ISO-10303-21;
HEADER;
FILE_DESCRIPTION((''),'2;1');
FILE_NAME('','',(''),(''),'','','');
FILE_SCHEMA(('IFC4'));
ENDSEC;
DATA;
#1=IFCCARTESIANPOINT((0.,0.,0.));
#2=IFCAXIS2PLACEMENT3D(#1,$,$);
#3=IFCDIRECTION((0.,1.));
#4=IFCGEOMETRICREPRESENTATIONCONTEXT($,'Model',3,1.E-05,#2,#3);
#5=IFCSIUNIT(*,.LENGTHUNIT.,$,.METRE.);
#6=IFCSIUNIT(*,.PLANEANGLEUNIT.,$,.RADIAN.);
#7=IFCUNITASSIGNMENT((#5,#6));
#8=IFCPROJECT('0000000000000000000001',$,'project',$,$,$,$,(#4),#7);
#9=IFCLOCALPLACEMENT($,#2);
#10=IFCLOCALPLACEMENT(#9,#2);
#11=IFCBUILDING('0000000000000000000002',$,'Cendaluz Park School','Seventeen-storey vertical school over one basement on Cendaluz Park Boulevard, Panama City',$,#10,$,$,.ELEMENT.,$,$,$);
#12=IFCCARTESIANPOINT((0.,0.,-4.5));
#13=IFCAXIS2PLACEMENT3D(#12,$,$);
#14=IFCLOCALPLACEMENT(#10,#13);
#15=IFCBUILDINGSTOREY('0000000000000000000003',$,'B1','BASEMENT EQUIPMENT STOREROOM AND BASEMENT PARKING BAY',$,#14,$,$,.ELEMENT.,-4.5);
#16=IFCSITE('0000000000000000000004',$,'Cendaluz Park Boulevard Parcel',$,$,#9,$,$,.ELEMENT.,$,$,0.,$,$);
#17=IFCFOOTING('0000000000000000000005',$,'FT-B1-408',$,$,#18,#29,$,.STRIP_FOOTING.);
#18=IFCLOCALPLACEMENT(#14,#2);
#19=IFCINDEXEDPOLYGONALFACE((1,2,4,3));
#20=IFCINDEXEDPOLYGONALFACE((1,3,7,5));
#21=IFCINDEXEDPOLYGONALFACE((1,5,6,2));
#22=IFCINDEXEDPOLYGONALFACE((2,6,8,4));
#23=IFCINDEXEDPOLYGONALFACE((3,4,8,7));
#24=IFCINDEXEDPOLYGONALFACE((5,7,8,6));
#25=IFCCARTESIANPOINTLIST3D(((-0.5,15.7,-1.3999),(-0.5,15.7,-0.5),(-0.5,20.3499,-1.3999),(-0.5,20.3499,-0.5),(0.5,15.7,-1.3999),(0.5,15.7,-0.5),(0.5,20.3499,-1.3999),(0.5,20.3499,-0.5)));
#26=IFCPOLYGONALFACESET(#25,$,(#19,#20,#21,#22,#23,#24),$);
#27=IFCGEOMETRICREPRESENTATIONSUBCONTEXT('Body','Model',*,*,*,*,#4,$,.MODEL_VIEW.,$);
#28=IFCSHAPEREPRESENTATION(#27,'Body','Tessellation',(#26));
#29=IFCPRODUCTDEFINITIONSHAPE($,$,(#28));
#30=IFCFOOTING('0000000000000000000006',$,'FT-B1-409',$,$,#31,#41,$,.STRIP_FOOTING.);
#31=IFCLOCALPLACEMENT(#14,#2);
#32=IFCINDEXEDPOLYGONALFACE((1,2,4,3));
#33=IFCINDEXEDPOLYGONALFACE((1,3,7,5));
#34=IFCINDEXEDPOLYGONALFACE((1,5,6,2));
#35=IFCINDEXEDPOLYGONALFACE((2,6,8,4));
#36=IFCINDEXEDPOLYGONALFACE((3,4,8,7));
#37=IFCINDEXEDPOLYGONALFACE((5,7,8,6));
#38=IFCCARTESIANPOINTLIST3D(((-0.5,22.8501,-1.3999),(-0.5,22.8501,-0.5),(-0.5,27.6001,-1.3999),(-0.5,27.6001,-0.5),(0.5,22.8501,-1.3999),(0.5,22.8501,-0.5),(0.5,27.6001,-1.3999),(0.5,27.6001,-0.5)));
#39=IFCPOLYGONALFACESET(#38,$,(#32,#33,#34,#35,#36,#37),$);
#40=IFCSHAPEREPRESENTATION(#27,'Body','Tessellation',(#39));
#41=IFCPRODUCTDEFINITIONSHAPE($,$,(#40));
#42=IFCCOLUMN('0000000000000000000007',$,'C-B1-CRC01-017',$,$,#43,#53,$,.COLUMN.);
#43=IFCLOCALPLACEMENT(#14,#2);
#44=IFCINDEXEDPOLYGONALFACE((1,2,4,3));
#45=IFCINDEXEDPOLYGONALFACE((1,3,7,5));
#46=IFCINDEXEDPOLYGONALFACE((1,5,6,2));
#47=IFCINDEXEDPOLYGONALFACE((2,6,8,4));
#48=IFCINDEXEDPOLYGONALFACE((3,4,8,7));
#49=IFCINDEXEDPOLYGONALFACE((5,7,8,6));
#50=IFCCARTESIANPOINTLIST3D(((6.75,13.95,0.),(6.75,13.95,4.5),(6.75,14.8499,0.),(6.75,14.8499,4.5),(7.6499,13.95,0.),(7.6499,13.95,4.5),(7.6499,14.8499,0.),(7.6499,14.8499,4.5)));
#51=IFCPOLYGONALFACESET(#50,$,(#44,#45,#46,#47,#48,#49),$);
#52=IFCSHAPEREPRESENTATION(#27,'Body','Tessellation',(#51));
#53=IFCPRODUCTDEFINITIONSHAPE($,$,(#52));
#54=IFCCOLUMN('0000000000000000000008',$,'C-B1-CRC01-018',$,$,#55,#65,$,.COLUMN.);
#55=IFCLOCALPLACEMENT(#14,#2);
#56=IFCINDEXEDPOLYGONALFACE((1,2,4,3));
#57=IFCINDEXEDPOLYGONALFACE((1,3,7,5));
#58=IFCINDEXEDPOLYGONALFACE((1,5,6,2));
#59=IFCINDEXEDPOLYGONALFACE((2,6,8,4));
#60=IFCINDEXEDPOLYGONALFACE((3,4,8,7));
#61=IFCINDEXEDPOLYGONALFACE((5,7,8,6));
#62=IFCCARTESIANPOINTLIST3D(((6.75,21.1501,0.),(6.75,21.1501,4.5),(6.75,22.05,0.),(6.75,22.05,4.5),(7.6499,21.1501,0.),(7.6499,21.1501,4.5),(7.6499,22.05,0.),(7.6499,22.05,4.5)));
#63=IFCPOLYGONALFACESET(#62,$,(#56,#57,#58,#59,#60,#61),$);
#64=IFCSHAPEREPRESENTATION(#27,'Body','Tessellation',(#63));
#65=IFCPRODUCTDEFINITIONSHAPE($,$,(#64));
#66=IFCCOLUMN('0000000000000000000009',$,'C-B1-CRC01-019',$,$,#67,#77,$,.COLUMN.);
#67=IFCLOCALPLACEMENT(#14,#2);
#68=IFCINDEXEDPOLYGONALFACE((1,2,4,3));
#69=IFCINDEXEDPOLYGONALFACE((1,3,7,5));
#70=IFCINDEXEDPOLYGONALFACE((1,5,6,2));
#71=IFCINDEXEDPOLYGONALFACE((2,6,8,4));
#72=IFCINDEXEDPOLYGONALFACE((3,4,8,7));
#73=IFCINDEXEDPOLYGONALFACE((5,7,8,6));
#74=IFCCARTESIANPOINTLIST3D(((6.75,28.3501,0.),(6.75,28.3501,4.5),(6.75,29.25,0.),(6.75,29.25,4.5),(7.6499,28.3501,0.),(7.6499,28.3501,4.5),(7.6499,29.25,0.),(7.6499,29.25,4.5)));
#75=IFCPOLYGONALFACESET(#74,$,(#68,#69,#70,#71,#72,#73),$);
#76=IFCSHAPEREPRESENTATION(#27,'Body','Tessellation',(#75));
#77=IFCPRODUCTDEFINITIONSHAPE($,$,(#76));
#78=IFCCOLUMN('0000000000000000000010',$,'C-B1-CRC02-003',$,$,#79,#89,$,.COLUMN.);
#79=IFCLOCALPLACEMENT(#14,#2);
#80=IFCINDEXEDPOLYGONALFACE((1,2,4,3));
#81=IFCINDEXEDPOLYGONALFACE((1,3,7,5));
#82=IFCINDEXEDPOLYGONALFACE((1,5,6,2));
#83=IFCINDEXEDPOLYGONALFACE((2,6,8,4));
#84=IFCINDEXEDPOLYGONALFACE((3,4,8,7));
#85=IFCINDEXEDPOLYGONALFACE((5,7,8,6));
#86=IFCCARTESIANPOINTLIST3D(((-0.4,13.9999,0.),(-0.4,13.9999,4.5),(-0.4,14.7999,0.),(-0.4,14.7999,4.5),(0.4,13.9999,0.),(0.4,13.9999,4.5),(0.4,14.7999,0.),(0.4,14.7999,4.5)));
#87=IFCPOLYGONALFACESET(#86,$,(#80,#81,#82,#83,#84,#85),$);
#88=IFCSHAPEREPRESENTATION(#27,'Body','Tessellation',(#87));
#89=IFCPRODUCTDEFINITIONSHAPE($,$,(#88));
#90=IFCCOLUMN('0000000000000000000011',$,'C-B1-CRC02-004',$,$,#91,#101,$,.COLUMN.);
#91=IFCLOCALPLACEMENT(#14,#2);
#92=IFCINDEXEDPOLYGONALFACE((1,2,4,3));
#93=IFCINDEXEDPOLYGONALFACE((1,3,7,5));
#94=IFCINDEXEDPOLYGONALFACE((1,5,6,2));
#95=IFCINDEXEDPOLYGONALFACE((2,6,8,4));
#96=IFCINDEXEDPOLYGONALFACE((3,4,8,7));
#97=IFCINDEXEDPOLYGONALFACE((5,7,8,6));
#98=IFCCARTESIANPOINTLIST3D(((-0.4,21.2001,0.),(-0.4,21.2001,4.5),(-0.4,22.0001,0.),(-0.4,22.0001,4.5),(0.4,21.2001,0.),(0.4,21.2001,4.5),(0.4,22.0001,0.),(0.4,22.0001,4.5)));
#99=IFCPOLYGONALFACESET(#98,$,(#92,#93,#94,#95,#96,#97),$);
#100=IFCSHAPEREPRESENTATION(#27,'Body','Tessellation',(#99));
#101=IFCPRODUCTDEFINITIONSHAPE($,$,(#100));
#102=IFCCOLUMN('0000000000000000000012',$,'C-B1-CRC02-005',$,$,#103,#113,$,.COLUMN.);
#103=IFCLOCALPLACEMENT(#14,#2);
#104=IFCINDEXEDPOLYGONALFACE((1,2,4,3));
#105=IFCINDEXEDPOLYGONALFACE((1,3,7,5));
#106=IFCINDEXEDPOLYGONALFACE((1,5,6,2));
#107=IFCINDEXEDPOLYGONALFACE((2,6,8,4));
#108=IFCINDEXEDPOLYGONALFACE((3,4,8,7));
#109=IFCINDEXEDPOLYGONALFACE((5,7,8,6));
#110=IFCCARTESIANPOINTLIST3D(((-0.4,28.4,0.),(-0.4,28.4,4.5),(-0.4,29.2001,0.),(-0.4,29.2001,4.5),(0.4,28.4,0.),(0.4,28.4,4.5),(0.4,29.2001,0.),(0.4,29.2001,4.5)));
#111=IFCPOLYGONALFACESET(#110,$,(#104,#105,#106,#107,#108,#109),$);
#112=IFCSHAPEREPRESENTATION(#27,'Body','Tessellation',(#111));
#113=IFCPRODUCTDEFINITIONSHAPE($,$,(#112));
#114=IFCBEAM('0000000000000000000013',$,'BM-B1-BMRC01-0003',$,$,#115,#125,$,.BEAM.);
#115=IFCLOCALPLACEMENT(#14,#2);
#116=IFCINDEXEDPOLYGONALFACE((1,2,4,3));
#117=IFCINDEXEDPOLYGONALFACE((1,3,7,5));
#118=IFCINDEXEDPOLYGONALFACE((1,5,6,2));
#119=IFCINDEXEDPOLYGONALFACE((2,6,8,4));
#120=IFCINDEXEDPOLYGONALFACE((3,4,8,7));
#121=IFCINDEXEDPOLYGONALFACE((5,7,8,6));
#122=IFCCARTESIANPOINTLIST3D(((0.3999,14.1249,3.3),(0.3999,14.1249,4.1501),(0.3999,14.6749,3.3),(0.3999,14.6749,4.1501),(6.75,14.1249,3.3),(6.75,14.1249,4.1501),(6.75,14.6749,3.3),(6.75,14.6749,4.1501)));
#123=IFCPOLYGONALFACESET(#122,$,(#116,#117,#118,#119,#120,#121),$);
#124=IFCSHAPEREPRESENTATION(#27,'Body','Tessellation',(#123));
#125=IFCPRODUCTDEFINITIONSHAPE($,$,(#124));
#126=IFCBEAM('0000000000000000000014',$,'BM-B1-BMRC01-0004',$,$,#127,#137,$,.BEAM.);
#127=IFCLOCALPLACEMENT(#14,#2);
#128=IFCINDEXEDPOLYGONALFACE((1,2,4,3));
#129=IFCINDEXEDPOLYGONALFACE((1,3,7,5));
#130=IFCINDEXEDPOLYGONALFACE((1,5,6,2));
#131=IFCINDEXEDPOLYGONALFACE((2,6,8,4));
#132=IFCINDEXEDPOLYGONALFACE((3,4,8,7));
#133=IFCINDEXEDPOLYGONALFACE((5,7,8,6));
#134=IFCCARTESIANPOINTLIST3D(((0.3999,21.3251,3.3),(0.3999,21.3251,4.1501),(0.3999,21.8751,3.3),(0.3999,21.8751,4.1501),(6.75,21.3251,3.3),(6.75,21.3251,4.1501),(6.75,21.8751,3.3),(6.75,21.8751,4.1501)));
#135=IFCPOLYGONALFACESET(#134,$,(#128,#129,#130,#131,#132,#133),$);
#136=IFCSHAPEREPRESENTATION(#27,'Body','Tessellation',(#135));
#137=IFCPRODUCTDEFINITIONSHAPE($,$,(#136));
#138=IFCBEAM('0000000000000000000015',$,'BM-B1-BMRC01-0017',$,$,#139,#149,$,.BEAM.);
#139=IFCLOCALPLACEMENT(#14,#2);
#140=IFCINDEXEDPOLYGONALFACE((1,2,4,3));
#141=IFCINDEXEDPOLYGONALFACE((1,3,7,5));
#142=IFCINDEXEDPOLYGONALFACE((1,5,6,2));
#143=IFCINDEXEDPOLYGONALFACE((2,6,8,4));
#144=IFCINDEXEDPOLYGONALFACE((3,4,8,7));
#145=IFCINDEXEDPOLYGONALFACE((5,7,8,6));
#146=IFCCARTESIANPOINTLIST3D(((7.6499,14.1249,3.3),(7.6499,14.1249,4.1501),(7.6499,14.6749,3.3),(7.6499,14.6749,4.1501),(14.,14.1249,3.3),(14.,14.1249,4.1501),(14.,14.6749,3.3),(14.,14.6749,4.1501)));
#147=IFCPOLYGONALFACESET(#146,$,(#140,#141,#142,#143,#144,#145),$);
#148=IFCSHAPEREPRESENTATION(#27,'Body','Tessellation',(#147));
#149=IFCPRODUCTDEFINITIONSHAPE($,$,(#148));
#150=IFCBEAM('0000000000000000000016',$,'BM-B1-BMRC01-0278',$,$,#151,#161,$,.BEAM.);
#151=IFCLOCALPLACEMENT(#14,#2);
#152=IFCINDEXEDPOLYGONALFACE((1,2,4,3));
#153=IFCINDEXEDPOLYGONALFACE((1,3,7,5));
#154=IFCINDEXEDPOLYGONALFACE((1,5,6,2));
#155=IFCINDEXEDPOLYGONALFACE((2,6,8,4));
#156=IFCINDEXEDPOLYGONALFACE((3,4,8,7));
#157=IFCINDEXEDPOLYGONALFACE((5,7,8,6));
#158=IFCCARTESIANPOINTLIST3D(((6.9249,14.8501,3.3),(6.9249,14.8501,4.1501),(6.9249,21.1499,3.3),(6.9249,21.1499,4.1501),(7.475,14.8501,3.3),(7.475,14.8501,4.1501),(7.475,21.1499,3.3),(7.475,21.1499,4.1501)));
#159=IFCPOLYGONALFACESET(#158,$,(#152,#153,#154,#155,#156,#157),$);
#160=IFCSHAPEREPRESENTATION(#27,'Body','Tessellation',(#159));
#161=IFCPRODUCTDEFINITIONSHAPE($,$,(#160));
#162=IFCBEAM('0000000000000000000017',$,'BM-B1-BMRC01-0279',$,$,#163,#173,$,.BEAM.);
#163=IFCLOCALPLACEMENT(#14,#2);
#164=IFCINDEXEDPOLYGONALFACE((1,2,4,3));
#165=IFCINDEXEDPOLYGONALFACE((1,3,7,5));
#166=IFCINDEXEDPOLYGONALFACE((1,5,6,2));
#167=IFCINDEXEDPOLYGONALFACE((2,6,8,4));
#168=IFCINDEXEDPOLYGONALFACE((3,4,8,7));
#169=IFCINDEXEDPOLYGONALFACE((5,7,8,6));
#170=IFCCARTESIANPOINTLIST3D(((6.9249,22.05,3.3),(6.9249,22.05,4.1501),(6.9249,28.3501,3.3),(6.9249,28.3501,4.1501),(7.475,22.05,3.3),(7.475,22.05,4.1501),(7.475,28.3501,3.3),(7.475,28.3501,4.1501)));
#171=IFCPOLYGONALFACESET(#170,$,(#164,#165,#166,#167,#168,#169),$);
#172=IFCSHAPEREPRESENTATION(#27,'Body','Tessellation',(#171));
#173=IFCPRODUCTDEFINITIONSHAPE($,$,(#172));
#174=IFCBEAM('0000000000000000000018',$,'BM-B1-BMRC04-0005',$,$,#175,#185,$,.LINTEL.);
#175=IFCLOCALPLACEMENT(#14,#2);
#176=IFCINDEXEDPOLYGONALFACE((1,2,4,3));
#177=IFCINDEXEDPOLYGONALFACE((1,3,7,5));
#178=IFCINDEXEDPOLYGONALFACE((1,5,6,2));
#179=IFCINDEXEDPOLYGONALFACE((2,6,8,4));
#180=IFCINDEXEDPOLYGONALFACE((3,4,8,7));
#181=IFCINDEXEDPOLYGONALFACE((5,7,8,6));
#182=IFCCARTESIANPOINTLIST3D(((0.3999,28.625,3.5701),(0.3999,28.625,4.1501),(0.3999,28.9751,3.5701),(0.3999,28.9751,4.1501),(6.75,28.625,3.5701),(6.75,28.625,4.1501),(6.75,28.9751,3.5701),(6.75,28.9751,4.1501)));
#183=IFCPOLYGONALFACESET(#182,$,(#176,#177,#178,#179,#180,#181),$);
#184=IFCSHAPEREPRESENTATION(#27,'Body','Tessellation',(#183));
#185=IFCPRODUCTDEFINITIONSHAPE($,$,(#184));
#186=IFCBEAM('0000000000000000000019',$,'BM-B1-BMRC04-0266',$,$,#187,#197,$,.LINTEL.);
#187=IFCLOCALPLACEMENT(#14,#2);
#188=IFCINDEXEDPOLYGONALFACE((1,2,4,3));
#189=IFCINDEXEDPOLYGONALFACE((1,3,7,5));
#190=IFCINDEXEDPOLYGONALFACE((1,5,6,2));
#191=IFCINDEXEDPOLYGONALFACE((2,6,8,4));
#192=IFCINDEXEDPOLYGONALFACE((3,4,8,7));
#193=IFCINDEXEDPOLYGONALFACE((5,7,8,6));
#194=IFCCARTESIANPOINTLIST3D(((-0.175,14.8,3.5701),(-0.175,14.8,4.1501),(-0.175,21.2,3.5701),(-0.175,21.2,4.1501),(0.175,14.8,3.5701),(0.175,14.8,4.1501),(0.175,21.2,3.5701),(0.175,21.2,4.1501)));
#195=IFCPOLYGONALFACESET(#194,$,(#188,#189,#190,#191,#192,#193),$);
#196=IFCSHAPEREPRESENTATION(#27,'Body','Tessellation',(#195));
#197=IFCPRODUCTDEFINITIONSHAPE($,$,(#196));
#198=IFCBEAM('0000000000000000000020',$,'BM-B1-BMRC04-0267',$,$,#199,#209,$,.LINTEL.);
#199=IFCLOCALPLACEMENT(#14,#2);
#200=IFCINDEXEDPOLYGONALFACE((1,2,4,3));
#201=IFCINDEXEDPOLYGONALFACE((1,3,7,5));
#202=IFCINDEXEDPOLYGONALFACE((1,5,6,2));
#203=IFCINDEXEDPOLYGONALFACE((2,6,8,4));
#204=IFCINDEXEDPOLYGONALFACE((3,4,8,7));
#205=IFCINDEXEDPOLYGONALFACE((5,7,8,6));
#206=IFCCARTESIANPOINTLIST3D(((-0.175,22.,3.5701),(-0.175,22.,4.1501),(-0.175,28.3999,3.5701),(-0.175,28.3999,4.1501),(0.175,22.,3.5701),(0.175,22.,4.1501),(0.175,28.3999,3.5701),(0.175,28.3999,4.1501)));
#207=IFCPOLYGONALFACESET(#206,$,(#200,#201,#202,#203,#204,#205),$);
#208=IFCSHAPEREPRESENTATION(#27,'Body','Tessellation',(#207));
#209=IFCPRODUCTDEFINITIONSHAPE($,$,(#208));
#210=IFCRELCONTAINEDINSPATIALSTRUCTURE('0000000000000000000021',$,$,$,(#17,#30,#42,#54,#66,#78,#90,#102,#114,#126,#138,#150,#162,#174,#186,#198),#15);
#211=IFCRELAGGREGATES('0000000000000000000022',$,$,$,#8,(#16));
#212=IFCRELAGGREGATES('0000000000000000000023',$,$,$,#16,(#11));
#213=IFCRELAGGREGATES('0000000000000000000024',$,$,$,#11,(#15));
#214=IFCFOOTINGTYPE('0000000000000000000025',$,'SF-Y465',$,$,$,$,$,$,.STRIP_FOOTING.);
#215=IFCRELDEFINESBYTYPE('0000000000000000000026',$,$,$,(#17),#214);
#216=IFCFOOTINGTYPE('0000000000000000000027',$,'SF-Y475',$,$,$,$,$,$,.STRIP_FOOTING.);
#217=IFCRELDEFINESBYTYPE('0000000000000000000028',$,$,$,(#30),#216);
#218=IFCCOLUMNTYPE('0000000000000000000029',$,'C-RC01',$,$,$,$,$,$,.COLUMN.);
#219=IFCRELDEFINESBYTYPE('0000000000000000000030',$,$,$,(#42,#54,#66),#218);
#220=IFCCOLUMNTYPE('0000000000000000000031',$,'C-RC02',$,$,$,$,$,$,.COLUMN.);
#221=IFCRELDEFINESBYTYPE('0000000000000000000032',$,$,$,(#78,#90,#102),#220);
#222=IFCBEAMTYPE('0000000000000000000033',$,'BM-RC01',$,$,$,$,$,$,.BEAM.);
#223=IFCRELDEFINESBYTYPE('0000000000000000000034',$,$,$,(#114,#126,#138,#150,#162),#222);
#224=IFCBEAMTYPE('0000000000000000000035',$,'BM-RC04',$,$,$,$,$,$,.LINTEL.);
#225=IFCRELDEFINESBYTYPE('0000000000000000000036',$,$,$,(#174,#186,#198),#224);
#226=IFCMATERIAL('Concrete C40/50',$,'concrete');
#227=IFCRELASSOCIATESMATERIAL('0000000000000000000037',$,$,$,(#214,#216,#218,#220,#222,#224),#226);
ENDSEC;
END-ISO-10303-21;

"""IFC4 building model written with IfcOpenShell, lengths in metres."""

from ifc_helpers import new_model, si_unit, direction, frame, origin, origin_2d, place, context, subcontext, project, spatial, rectangle, extrude, material, material_profile, profile_set, type_object, element, save


model = new_model("IFC4")

# Units and contexts
model_context = context("Model", 3, precision=1e-05, world=origin(), true_north=direction((0.0, 1.0)))
body_context = subcontext(model_context, "Body", "Model", "MODEL_VIEW")
ifc_project = project(units=[si_unit("LENGTHUNIT", "METRE"), si_unit("PLANEANGLEUNIT", "RADIAN")], contexts=[model_context])

# Site, building, storey
site_placement = place(None, origin())
site = spatial("IfcSite", under=ifc_project, at=site_placement, Name="Cendaluz Park Boulevard Parcel", CompositionType="ELEMENT", RefElevation=0.0)
building_placement = place(site_placement, origin())
building = spatial("IfcBuilding", under=site, at=building_placement, Name="Cendaluz Park School", Description="Seventeen-storey vertical school over one basement on Cendaluz Park Boulevard, Panama City", CompositionType="ELEMENT")
storey_placement = place(building_placement, frame((0.0, 0.0, -4.5)))
storey = spatial("IfcBuildingStorey", under=building, at=storey_placement, Name="B1", Description="BASEMENT EQUIPMENT STOREROOM AND BASEMENT PARKING BAY", CompositionType="ELEMENT", Elevation=-4.5)

# Shared definitions
ifc_material_1 = material(Name="Concrete C40/50", Category="concrete")

# Footings
footing_type_1 = type_object("IfcFootingType", Name="SF-Y465", PredefinedType="STRIP_FOOTING", material=ifc_material_1)
footing_1_placement = place(storey_placement, frame((0.0, 18.0249, -1.3999), z_axis=(0.0, 0.0, 1.0), x_axis=(1.0, 0.0, 0.0)))
element("IfcFooting", 1, at=footing_1_placement, inside=storey, type_object=footing_type_1, Name="FT-B1-408", PredefinedType="STRIP_FOOTING", context=body_context, shape_type="SweptSolid", body=[
    extrude(rectangle(XDim=1.0, YDim=4.6499, at=origin_2d()), origin(), (0.0, 0.0, 1.0), 0.8999),
])
footing_type_2 = type_object("IfcFootingType", Name="SF-Y475", PredefinedType="STRIP_FOOTING", material=ifc_material_1)
footing_2_placement = place(storey_placement, frame((0.0, 25.2251, -1.3999), z_axis=(0.0, 0.0, 1.0), x_axis=(1.0, 0.0, 0.0)))
element("IfcFooting", 2, at=footing_2_placement, inside=storey, type_object=footing_type_2, Name="FT-B1-409", PredefinedType="STRIP_FOOTING", context=body_context, shape_type="SweptSolid", body=[
    extrude(rectangle(XDim=1.0, YDim=4.75, at=origin_2d()), origin(), (0.0, 0.0, 1.0), 0.8999),
])

# Columns
ifc_material_profile_1 = material_profile(ifc_material_1, rectangle(XDim=0.8999, YDim=0.8999, at=origin_2d()), Name="RC 900x900", Category="concrete")
ifc_profile_set_1 = profile_set([ifc_material_profile_1], Name="Concrete C40/50")
column_type_1 = type_object("IfcColumnType", Name="C-RC01", PredefinedType="COLUMN", material=ifc_profile_set_1)
for number, where, z_axis, x_axis, name in (
    (3, (7.2, 14.3999, 0.0), (0.0, 0.0, 1.0), (1.0, 0.0, 0.0), "C-B1-CRC01-017"),
    (4, (7.2, 21.6001, 0.0), (0.0, 0.0, 1.0), (1.0, 0.0, 0.0), "C-B1-CRC01-018"),
    (5, (7.2, 28.8, 0.0), (0.0, 0.0, 1.0), (1.0, 0.0, 0.0), "C-B1-CRC01-019"),
):
    element("IfcColumn", number, at=place(storey_placement, frame(where, z_axis=z_axis, x_axis=x_axis)), inside=storey, type_object=column_type_1, Name=name, PredefinedType="COLUMN", context=body_context, shape_type="SweptSolid", body=[
        extrude(rectangle(XDim=0.8999, YDim=0.8999, at=origin_2d()), origin(), (0.0, 0.0, 1.0), 4.5),
    ])
ifc_material_profile_2 = material_profile(ifc_material_1, rectangle(XDim=0.8, YDim=0.8, at=origin_2d()), Name="RC 800x800", Category="concrete")
ifc_profile_set_2 = profile_set([ifc_material_profile_2], Name="Concrete C40/50")
column_type_2 = type_object("IfcColumnType", Name="C-RC02", PredefinedType="COLUMN", material=ifc_profile_set_2)
for number, where, z_axis, x_axis, name in (
    (6, (0.0, 14.3999, 0.0), (0.0, 0.0, 1.0), (1.0, 0.0, 0.0), "C-B1-CRC02-003"),
    (7, (0.0, 21.6001, 0.0), (0.0, 0.0, 1.0), (1.0, 0.0, 0.0), "C-B1-CRC02-004"),
    (8, (0.0, 28.8, 0.0), (0.0, 0.0, 1.0), (1.0, 0.0, 0.0), "C-B1-CRC02-005"),
):
    element("IfcColumn", number, at=place(storey_placement, frame(where, z_axis=z_axis, x_axis=x_axis)), inside=storey, type_object=column_type_2, Name=name, PredefinedType="COLUMN", context=body_context, shape_type="SweptSolid", body=[
        extrude(rectangle(XDim=0.8, YDim=0.8, at=origin_2d()), origin(), (0.0, 0.0, 1.0), 4.5),
    ])

# Beams
ifc_material_profile_3 = material_profile(ifc_material_1, rectangle(XDim=0.55, YDim=0.8501, at=origin_2d()), Name="RC 550x850", Category="concrete")
ifc_profile_set_3 = profile_set([ifc_material_profile_3], Name="Concrete C40/50")
beam_type_1 = type_object("IfcBeamType", Name="BM-RC01", PredefinedType="BEAM", material=ifc_profile_set_3)
for number, where, z_axis, x_axis, name in (
    (9, (0.3999, 14.3999, 3.7251), (1.0, 0.0, 0.0), (0.0, 1.0, 0.0), "BM-B1-BMRC01-0003"),
    (10, (0.3999, 21.6001, 3.7251), (1.0, 0.0, 0.0), (0.0, 1.0, 0.0), "BM-B1-BMRC01-0004"),
    (11, (7.6499, 14.3999, 3.7251), (1.0, 0.0, 0.0), (0.0, 1.0, 0.0), "BM-B1-BMRC01-0017"),
):
    element("IfcBeam", number, at=place(storey_placement, frame(where, z_axis=z_axis, x_axis=x_axis)), inside=storey, type_object=beam_type_1, Name=name, PredefinedType="BEAM", context=body_context, shape_type="SweptSolid", body=[
        extrude(rectangle(XDim=0.55, YDim=0.8501, at=origin_2d()), origin(), (0.0, 0.0, 1.0), 6.3501),
    ])
beam_1_placement = place(storey_placement, frame((7.2, 14.8501, 3.7251), z_axis=(0.0, 1.0, 0.0), x_axis=(-1.0, 0.0, 0.0)))
element("IfcBeam", 12, at=beam_1_placement, inside=storey, type_object=beam_type_1, Name="BM-B1-BMRC01-0278", PredefinedType="BEAM", context=body_context, shape_type="SweptSolid", body=[
    extrude(rectangle(XDim=0.55, YDim=0.8501, at=origin_2d()), origin(), (0.0, 0.0, 1.0), 6.2998),
])
beam_2_placement = place(storey_placement, frame((7.2, 22.05, 3.7251), z_axis=(0.0, 1.0, 0.0), x_axis=(-1.0, 0.0, 0.0)))
element("IfcBeam", 13, at=beam_2_placement, inside=storey, type_object=beam_type_1, Name="BM-B1-BMRC01-0279", PredefinedType="BEAM", context=body_context, shape_type="SweptSolid", body=[
    extrude(rectangle(XDim=0.55, YDim=0.8501, at=origin_2d()), origin(), (0.0, 0.0, 1.0), 6.3),
])
ifc_material_profile_4 = material_profile(ifc_material_1, rectangle(XDim=0.3501, YDim=0.5801, at=origin_2d()), Name="RC 350x580", Category="concrete")
ifc_profile_set_4 = profile_set([ifc_material_profile_4], Name="Concrete C40/50")
beam_type_2 = type_object("IfcBeamType", Name="BM-RC04", PredefinedType="LINTEL", material=ifc_profile_set_4)
beam_3_placement = place(storey_placement, frame((0.3999, 28.8, 3.8601), z_axis=(1.0, 0.0, 0.0), x_axis=(0.0, 1.0, 0.0)))
element("IfcBeam", 14, at=beam_3_placement, inside=storey, type_object=beam_type_2, Name="BM-B1-BMRC04-0005", PredefinedType="LINTEL", context=body_context, shape_type="SweptSolid", body=[
    extrude(rectangle(XDim=0.3501, YDim=0.5801, at=origin_2d()), origin(), (0.0, 0.0, 1.0), 6.3501),
])
for number, where, z_axis, x_axis, name in (
    (15, (0.0, 14.8, 3.8601), (0.0, 1.0, 0.0), (-1.0, 0.0, 0.0), "BM-B1-BMRC04-0266"),
    (16, (0.0, 22.0, 3.8601), (0.0, 1.0, 0.0), (-1.0, 0.0, 0.0), "BM-B1-BMRC04-0267"),
):
    element("IfcBeam", number, at=place(storey_placement, frame(where, z_axis=z_axis, x_axis=x_axis)), inside=storey, type_object=beam_type_2, Name=name, PredefinedType="LINTEL", context=body_context, shape_type="SweptSolid", body=[
        extrude(rectangle(XDim=0.3501, YDim=0.5801, at=origin_2d()), origin(), (0.0, 0.0, 1.0), 6.3999),
    ])

save(model, "model.ifc")
